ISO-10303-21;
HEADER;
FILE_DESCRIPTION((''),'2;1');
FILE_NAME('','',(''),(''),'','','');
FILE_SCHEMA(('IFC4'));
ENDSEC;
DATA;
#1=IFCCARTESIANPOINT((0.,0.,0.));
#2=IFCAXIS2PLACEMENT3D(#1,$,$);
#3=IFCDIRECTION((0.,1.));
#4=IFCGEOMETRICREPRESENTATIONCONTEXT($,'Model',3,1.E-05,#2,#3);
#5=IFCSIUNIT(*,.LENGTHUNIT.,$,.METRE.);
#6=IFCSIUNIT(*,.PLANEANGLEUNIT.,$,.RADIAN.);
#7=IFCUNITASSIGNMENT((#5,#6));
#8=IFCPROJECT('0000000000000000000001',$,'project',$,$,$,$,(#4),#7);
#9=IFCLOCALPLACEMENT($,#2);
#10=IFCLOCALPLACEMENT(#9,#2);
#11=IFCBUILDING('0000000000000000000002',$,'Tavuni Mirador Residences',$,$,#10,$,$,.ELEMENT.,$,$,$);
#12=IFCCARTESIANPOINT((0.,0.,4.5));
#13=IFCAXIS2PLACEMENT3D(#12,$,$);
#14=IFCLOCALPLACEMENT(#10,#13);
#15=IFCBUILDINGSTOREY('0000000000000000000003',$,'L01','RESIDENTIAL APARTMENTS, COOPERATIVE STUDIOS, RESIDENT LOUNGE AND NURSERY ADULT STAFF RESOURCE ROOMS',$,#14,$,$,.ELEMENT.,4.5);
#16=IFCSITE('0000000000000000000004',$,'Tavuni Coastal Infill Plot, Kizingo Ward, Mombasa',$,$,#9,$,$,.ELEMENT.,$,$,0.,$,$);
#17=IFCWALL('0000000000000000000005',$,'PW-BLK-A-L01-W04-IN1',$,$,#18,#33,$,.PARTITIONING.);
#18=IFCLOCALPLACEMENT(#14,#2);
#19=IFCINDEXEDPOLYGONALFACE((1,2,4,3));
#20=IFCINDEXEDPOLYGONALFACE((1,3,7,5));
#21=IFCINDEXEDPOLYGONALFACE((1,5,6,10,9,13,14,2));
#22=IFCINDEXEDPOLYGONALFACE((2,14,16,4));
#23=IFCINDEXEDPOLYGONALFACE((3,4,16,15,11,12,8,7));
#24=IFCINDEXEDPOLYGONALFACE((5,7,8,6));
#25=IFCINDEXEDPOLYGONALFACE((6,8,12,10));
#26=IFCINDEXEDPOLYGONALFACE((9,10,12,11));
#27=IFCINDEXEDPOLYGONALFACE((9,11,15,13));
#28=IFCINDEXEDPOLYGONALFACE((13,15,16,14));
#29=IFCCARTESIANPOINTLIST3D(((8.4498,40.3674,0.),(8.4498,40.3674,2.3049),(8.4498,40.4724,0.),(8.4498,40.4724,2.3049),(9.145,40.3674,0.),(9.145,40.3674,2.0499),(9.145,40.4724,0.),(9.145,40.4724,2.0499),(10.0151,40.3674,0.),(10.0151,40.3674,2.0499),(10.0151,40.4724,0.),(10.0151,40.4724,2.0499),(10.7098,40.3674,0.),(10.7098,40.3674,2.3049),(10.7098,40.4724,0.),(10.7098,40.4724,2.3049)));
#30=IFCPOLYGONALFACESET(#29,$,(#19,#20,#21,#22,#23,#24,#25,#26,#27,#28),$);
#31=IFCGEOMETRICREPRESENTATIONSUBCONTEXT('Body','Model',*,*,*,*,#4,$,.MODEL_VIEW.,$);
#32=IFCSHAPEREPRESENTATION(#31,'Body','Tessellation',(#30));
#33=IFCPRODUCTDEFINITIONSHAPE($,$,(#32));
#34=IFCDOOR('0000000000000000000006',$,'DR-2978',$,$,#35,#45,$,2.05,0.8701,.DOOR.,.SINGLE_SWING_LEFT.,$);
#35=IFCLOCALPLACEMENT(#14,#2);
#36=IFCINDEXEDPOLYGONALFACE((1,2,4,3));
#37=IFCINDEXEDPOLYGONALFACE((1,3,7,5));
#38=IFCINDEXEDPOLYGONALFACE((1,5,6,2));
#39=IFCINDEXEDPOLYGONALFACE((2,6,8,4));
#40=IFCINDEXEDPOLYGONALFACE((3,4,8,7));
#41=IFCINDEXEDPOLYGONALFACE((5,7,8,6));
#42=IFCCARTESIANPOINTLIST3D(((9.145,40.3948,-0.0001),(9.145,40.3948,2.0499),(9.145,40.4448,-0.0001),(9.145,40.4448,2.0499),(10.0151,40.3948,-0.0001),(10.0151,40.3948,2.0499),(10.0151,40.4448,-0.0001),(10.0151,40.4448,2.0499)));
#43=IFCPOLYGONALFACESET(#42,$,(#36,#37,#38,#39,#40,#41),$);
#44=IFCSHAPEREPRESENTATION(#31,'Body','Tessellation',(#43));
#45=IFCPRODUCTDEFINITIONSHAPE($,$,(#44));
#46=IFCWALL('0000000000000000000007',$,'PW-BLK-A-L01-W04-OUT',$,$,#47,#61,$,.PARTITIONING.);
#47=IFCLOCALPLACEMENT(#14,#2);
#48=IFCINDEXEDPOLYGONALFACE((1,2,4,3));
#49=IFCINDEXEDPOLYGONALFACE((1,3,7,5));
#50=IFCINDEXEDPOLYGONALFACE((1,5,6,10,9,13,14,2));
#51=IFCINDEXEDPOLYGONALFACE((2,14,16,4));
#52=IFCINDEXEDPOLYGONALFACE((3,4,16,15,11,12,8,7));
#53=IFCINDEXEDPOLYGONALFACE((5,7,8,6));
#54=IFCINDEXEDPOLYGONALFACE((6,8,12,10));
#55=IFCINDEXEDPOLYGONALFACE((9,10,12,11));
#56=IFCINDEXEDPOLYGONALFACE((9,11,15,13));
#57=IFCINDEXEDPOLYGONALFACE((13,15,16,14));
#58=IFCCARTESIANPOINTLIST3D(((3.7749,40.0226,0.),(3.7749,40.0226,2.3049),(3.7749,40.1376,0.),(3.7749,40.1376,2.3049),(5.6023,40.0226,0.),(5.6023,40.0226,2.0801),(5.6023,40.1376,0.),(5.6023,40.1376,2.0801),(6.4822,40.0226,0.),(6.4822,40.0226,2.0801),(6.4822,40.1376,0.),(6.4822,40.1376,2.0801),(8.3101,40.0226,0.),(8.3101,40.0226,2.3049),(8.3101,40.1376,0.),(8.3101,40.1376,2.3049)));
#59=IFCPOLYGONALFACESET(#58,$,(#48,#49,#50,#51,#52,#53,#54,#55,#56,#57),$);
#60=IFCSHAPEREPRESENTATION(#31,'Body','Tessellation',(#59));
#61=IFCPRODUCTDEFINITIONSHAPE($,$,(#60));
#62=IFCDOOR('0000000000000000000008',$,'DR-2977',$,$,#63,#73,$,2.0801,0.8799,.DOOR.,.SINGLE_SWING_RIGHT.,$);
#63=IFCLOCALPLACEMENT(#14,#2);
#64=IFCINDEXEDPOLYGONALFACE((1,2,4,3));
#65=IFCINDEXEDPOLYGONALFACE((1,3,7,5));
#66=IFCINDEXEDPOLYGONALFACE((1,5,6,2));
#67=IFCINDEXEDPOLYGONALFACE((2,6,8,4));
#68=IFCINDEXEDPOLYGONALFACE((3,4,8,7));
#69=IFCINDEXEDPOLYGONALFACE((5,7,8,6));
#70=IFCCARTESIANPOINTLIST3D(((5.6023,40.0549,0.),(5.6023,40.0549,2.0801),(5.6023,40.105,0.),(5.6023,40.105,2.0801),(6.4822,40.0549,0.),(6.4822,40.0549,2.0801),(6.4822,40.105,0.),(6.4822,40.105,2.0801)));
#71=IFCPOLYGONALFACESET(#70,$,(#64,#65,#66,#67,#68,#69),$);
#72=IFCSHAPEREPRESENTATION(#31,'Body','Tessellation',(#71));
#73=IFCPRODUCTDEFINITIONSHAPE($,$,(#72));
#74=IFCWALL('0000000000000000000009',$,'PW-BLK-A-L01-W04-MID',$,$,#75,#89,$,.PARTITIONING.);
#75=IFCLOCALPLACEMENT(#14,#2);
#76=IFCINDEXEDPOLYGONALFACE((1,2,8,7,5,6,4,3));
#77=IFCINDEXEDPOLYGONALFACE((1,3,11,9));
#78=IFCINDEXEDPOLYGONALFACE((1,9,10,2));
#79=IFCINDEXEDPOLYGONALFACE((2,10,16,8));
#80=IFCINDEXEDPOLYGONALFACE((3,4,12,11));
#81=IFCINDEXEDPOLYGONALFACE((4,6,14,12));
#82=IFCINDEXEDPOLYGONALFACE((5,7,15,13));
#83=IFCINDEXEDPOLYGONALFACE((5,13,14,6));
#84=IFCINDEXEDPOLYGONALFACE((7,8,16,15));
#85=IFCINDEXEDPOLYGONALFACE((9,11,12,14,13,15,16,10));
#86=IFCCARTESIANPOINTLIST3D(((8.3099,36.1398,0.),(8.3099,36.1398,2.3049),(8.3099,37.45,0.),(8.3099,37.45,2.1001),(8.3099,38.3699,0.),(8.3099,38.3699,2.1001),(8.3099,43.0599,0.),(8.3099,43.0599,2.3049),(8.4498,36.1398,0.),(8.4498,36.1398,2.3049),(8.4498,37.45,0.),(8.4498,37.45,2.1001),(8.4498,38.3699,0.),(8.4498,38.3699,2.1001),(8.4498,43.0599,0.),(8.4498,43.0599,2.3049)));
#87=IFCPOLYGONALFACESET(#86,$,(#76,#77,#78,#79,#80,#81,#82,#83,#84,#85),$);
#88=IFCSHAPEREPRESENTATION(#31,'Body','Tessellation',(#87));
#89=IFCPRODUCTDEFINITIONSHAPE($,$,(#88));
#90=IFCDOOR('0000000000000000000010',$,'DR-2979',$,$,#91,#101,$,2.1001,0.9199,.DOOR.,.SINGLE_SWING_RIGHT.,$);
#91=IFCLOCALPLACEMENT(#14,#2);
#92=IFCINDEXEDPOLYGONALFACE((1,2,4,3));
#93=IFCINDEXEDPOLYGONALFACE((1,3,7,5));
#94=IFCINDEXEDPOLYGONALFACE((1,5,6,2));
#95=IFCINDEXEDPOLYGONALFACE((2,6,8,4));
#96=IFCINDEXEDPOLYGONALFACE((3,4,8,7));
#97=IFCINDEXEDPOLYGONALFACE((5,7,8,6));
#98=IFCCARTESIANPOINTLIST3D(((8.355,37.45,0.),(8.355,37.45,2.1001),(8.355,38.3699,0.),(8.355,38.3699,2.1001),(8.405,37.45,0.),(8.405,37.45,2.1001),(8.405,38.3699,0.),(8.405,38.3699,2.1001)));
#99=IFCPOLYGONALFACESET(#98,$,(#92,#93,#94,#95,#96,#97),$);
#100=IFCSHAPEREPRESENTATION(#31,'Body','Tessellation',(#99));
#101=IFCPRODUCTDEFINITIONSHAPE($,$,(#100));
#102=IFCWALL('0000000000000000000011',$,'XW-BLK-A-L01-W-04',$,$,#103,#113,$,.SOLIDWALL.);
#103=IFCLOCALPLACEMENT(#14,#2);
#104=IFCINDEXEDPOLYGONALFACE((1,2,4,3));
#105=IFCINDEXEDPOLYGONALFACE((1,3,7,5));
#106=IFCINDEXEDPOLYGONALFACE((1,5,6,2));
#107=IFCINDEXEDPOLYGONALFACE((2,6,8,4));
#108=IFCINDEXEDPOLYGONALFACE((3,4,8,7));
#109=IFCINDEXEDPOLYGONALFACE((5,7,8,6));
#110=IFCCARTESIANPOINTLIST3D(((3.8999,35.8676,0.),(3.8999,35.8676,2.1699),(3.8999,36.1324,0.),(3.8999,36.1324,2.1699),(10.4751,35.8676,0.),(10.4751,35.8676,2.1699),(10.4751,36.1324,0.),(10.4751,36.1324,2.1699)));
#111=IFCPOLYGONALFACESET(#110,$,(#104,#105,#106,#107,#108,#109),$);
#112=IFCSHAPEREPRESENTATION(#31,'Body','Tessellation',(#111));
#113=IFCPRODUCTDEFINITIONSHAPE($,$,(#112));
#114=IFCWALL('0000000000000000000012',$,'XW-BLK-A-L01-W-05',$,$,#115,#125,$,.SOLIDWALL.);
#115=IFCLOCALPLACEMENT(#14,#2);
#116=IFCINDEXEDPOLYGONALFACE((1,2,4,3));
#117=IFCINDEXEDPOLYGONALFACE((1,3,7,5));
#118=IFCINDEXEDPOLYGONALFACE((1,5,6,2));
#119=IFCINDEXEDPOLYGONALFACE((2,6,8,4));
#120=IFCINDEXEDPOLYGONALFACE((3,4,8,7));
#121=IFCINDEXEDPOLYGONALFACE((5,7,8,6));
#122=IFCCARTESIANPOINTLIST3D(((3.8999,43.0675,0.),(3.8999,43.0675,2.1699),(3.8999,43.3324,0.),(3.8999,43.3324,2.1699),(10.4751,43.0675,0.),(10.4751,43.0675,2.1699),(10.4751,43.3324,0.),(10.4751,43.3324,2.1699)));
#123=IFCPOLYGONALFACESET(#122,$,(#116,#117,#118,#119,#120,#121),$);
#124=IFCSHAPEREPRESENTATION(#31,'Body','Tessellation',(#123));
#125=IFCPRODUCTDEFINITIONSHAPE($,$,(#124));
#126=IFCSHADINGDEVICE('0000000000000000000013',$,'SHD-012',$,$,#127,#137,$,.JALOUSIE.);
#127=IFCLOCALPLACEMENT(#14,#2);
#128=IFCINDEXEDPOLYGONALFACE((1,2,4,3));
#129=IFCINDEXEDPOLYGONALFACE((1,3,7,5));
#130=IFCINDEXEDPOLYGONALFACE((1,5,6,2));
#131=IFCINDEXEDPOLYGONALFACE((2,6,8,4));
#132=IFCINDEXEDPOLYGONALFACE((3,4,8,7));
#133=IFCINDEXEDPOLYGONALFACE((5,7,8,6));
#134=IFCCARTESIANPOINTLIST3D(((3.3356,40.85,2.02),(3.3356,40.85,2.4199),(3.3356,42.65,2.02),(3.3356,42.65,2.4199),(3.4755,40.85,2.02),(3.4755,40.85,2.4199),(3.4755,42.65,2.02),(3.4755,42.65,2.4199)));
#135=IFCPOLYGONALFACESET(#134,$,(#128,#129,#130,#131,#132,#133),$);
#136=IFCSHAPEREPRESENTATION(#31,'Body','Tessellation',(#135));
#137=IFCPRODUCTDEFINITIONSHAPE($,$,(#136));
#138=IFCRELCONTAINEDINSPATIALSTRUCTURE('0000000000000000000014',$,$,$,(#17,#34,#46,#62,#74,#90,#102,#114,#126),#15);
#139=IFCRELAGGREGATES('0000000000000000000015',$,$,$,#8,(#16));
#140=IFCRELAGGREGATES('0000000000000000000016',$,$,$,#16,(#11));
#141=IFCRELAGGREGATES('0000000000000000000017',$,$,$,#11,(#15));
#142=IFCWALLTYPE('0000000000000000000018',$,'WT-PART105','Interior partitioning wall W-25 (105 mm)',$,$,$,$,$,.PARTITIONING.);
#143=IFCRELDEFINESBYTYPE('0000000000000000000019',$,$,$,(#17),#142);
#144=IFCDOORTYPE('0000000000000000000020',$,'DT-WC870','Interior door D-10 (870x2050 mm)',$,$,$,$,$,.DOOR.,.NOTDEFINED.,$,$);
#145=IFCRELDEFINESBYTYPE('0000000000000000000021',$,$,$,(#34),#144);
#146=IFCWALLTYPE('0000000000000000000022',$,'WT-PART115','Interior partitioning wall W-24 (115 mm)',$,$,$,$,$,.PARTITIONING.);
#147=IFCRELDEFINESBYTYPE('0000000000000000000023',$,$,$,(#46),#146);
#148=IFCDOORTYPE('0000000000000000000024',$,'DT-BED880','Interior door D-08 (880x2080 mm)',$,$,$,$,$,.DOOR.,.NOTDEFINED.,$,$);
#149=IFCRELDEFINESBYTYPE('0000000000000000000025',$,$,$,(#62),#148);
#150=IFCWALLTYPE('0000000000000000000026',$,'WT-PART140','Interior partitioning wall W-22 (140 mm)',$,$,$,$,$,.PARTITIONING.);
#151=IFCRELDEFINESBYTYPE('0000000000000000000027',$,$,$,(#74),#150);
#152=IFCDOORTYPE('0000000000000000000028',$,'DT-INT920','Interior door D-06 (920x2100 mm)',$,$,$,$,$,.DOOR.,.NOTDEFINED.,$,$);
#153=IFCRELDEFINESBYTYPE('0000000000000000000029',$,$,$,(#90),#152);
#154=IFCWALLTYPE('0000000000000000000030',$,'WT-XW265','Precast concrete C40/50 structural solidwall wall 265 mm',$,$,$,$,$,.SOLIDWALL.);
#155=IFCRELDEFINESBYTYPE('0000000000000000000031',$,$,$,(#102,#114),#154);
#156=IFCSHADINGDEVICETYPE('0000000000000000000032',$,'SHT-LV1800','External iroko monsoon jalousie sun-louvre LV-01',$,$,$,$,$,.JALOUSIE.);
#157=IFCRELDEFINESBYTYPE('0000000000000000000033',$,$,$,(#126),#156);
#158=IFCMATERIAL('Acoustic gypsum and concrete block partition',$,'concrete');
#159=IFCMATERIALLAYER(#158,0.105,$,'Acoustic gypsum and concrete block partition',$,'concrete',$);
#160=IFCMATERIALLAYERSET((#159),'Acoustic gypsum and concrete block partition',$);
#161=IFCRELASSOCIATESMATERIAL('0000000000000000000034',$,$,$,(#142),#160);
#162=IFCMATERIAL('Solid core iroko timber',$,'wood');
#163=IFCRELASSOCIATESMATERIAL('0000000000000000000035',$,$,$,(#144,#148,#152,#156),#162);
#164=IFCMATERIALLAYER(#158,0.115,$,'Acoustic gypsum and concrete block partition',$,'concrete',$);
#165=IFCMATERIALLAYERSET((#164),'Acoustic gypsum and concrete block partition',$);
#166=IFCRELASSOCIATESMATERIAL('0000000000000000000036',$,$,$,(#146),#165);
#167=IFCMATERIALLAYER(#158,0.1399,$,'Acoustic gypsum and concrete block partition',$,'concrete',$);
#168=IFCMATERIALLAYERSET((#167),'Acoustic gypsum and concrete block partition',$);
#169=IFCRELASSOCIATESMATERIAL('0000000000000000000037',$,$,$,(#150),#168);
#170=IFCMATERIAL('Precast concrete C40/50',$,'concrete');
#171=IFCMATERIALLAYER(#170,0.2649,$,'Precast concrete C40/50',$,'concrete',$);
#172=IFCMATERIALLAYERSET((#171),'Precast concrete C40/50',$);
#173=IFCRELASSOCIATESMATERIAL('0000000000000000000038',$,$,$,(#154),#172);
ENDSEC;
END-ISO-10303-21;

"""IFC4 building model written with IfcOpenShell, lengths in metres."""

from ifc_helpers import new_model, si_unit, direction, frame, frame_2d, origin, origin_2d, place, context, subcontext, project, spatial, rectangle, extrude, material, layer, layer_set, type_object, element, fill, save


model = new_model("IFC4")

# Units and contexts
model_context = context("Model", 3, precision=1e-05, world=origin(), true_north=direction((0.0, 1.0)))
body_context = subcontext(model_context, "Body", "Model", "MODEL_VIEW")
ifc_project = project(units=[si_unit("LENGTHUNIT", "METRE"), si_unit("PLANEANGLEUNIT", "RADIAN")], contexts=[model_context])

# Site, building, storey
site_placement = place(None, origin())
site = spatial("IfcSite", under=ifc_project, at=site_placement, Name="Tavuni Coastal Infill Plot, Kizingo Ward, Mombasa", CompositionType="ELEMENT", RefElevation=0.0)
building_placement = place(site_placement, origin())
building = spatial("IfcBuilding", under=site, at=building_placement, Name="Tavuni Mirador Residences", CompositionType="ELEMENT")
storey_placement = place(building_placement, frame((0.0, 0.0, 4.5)))
storey = spatial("IfcBuildingStorey", under=building, at=storey_placement, Name="L01", Description="RESIDENTIAL APARTMENTS, COOPERATIVE STUDIOS, RESIDENT LOUNGE AND NURSERY ADULT STAFF RESOURCE ROOMS", CompositionType="ELEMENT", Elevation=4.5)

# Shared definitions
ifc_material_1 = material(Name="Precast concrete C40/50", Category="concrete")

# Shared definitions
ifc_material_2 = material(Name="Solid core iroko timber", Category="wood")

# Walls, openings, doors
ifc_material_3 = material(Name="Acoustic gypsum and concrete block partition", Category="concrete")
ifc_layer_1 = layer(ifc_material_3, 0.105, Name="Acoustic gypsum and concrete block partition", Category="concrete")
ifc_layer_set_1 = layer_set([ifc_layer_1], Name="Acoustic gypsum and concrete block partition")
wall_type_1 = type_object("IfcWallType", Name="WT-PART105", Description="Interior partitioning wall W-25 (105 mm)", PredefinedType="PARTITIONING", material=ifc_layer_set_1)
wall_1_placement = place(storey_placement, frame((8.45, 40.4199, 0.0), z_axis=(0.0, 0.0, 1.0), x_axis=(1.0, 0.0, 0.0)))
wall_1 = element("IfcWall", 1, at=wall_1_placement, inside=storey, type_object=wall_type_1, Name="PW-BLK-A-L01-W04-IN1", PredefinedType="PARTITIONING", context=body_context, shape_type="SweptSolid", body=[
    extrude(rectangle(XDim=2.26, YDim=0.105, at=frame_2d((1.1299, 0.0))), origin(), (0.0, 0.0, 1.0), 2.3049),
])
opening_1_placement = place(wall_1_placement, frame((0.6951, 0.0, 0.0)))
opening_1 = element("IfcOpeningElement", 2, at=opening_1_placement, cuts=wall_1, PredefinedType="OPENING", context=body_context, shape_type="SweptSolid", body=[
    extrude(rectangle(XDim=0.8701, YDim=2.05, at=frame_2d((0.4351, 1.0249))), frame((0.0, 0.0625, 0.0), z_axis=(0.0, -1.0, 0.0), x_axis=(1.0, 0.0, 0.0)), (0.0, 0.0, 1.0), 0.125),
])
door_type_1 = type_object("IfcDoorType", Name="DT-WC870", Description="Interior door D-10 (870x2050 mm)", OperationType="NOTDEFINED", PredefinedType="DOOR", material=ifc_material_2)
door_1_placement = place(opening_1_placement, origin())
door_1 = element("IfcDoor", 3, at=door_1_placement, inside=storey, type_object=door_type_1, Name="DR-2978", OperationType="SINGLE_SWING_LEFT", OverallHeight=2.05, OverallWidth=0.8701, PredefinedType="DOOR", context=body_context, shape_type="SweptSolid", body=[
    extrude(rectangle(XDim=0.8701, YDim=2.05, at=frame_2d((0.4351, 1.0249))), frame((0.0, 0.0249, 0.0), z_axis=(0.0, -1.0, 0.0), x_axis=(1.0, 0.0, 0.0)), (0.0, 0.0, 1.0), 0.05),
])
fill(opening_1, door_1)
ifc_layer_2 = layer(ifc_material_3, 0.115, Name="Acoustic gypsum and concrete block partition", Category="concrete")
ifc_layer_set_2 = layer_set([ifc_layer_2], Name="Acoustic gypsum and concrete block partition")
wall_type_2 = type_object("IfcWallType", Name="WT-PART115", Description="Interior partitioning wall W-24 (115 mm)", PredefinedType="PARTITIONING", material=ifc_layer_set_2)
wall_2_placement = place(storey_placement, frame((3.7749, 40.0801, 0.0), z_axis=(0.0, 0.0, 1.0), x_axis=(1.0, 0.0, 0.0)))
wall_2 = element("IfcWall", 4, at=wall_2_placement, inside=storey, type_object=wall_type_2, Name="PW-BLK-A-L01-W04-OUT", PredefinedType="PARTITIONING", context=body_context, shape_type="SweptSolid", body=[
    extrude(rectangle(XDim=4.5352, YDim=0.115, at=frame_2d((2.2676, 0.0))), origin(), (0.0, 0.0, 1.0), 2.3049),
])
opening_2_placement = place(wall_2_placement, frame((1.8274, 0.0, 0.0)))
opening_2 = element("IfcOpeningElement", 5, at=opening_2_placement, cuts=wall_2, PredefinedType="OPENING", context=body_context, shape_type="SweptSolid", body=[
    extrude(rectangle(XDim=0.8799, YDim=2.0801, at=frame_2d((0.4399, 1.04))), frame((0.0, 0.0674, 0.0), z_axis=(0.0, -1.0, 0.0), x_axis=(1.0, 0.0, 0.0)), (0.0, 0.0, 1.0), 0.135),
])
door_type_2 = type_object("IfcDoorType", Name="DT-BED880", Description="Interior door D-08 (880x2080 mm)", OperationType="NOTDEFINED", PredefinedType="DOOR", material=ifc_material_2)
door_2_placement = place(opening_2_placement, origin())
door_2 = element("IfcDoor", 6, at=door_2_placement, inside=storey, type_object=door_type_2, Name="DR-2977", OperationType="SINGLE_SWING_RIGHT", OverallHeight=2.0801, OverallWidth=0.8799, PredefinedType="DOOR", context=body_context, shape_type="SweptSolid", body=[
    extrude(rectangle(XDim=0.8799, YDim=2.0801, at=frame_2d((0.4399, 1.04))), frame((0.0, 0.0249, 0.0), z_axis=(0.0, -1.0, 0.0), x_axis=(1.0, 0.0, 0.0)), (0.0, 0.0, 1.0), 0.05),
])
fill(opening_2, door_2)
ifc_layer_3 = layer(ifc_material_3, 0.1399, Name="Acoustic gypsum and concrete block partition", Category="concrete")
ifc_layer_set_3 = layer_set([ifc_layer_3], Name="Acoustic gypsum and concrete block partition")
wall_type_3 = type_object("IfcWallType", Name="WT-PART140", Description="Interior partitioning wall W-22 (140 mm)", PredefinedType="PARTITIONING", material=ifc_layer_set_3)
wall_3_placement = place(storey_placement, frame((8.3799, 36.1399, 0.0), z_axis=(0.0, 0.0, 1.0), x_axis=(0.0, 1.0, 0.0)))
wall_3 = element("IfcWall", 7, at=wall_3_placement, inside=storey, type_object=wall_type_3, Name="PW-BLK-A-L01-W04-MID", PredefinedType="PARTITIONING", context=body_context, shape_type="SweptSolid", body=[
    extrude(rectangle(XDim=6.9202, YDim=0.1399, at=frame_2d((3.46, 0.0))), origin(), (0.0, 0.0, 1.0), 2.3049),
])
opening_3_placement = place(wall_3_placement, frame((1.3101, 0.0, 0.0)))
opening_3 = element("IfcOpeningElement", 8, at=opening_3_placement, cuts=wall_3, PredefinedType="OPENING", context=body_context, shape_type="SweptSolid", body=[
    extrude(rectangle(XDim=0.9199, YDim=2.1001, at=frame_2d((0.46, 1.05))), frame((0.0, 0.0801, 0.0), z_axis=(0.0, -1.0, 0.0), x_axis=(1.0, 0.0, 0.0)), (0.0, 0.0, 1.0), 0.1599),
])
door_type_3 = type_object("IfcDoorType", Name="DT-INT920", Description="Interior door D-06 (920x2100 mm)", OperationType="NOTDEFINED", PredefinedType="DOOR", material=ifc_material_2)
door_3_placement = place(opening_3_placement, origin())
door_3 = element("IfcDoor", 9, at=door_3_placement, inside=storey, type_object=door_type_3, Name="DR-2979", OperationType="SINGLE_SWING_RIGHT", OverallHeight=2.1001, OverallWidth=0.9199, PredefinedType="DOOR", context=body_context, shape_type="SweptSolid", body=[
    extrude(rectangle(XDim=0.9199, YDim=2.1001, at=frame_2d((0.46, 1.05))), frame((0.0, 0.0249, 0.0), z_axis=(0.0, -1.0, 0.0), x_axis=(1.0, 0.0, 0.0)), (0.0, 0.0, 1.0), 0.05),
])
fill(opening_3, door_3)

# Walls
ifc_layer_4 = layer(ifc_material_1, 0.2649, Name="Precast concrete C40/50", Category="concrete")
ifc_layer_set_4 = layer_set([ifc_layer_4], Name="Precast concrete C40/50")
wall_type_4 = type_object("IfcWallType", Name="WT-XW265", Description="Precast concrete C40/50 structural solidwall wall 265 mm", PredefinedType="SOLIDWALL", material=ifc_layer_set_4)
for number, where, z_axis, x_axis, name in (
    (10, (3.8999, 36.0, 0.0), (0.0, 0.0, 1.0), (1.0, 0.0, 0.0), "XW-BLK-A-L01-W-04"),
    (11, (3.8999, 43.2, 0.0), (0.0, 0.0, 1.0), (1.0, 0.0, 0.0), "XW-BLK-A-L01-W-05"),
):
    element("IfcWall", number, at=place(storey_placement, frame(where, z_axis=z_axis, x_axis=x_axis)), inside=storey, type_object=wall_type_4, Name=name, PredefinedType="SOLIDWALL", context=body_context, shape_type="SweptSolid", body=[
        extrude(rectangle(XDim=6.5752, YDim=0.2649, at=frame_2d((3.2876, 0.0))), origin(), (0.0, 0.0, 1.0), 2.1699),
    ])

# Shading device
shading_device_type = type_object("IfcShadingDeviceType", Name="SHT-LV1800", Description="External iroko monsoon jalousie sun-louvre LV-01", PredefinedType="JALOUSIE", material=ifc_material_2)
shading_device_placement = place(storey_placement, frame((3.4055, 41.75, 2.02), z_axis=(0.0, 0.0, 1.0), x_axis=(0.0, -1.0, 0.0)))
element("IfcShadingDevice", 12, at=shading_device_placement, inside=storey, type_object=shading_device_type, Name="SHD-012", PredefinedType="JALOUSIE", context=body_context, shape_type="SweptSolid", body=[
    extrude(rectangle(XDim=1.8, YDim=0.1399, at=origin_2d()), origin(), (0.0, 0.0, 1.0), 0.3999),
])

save(model, "model.ifc")
